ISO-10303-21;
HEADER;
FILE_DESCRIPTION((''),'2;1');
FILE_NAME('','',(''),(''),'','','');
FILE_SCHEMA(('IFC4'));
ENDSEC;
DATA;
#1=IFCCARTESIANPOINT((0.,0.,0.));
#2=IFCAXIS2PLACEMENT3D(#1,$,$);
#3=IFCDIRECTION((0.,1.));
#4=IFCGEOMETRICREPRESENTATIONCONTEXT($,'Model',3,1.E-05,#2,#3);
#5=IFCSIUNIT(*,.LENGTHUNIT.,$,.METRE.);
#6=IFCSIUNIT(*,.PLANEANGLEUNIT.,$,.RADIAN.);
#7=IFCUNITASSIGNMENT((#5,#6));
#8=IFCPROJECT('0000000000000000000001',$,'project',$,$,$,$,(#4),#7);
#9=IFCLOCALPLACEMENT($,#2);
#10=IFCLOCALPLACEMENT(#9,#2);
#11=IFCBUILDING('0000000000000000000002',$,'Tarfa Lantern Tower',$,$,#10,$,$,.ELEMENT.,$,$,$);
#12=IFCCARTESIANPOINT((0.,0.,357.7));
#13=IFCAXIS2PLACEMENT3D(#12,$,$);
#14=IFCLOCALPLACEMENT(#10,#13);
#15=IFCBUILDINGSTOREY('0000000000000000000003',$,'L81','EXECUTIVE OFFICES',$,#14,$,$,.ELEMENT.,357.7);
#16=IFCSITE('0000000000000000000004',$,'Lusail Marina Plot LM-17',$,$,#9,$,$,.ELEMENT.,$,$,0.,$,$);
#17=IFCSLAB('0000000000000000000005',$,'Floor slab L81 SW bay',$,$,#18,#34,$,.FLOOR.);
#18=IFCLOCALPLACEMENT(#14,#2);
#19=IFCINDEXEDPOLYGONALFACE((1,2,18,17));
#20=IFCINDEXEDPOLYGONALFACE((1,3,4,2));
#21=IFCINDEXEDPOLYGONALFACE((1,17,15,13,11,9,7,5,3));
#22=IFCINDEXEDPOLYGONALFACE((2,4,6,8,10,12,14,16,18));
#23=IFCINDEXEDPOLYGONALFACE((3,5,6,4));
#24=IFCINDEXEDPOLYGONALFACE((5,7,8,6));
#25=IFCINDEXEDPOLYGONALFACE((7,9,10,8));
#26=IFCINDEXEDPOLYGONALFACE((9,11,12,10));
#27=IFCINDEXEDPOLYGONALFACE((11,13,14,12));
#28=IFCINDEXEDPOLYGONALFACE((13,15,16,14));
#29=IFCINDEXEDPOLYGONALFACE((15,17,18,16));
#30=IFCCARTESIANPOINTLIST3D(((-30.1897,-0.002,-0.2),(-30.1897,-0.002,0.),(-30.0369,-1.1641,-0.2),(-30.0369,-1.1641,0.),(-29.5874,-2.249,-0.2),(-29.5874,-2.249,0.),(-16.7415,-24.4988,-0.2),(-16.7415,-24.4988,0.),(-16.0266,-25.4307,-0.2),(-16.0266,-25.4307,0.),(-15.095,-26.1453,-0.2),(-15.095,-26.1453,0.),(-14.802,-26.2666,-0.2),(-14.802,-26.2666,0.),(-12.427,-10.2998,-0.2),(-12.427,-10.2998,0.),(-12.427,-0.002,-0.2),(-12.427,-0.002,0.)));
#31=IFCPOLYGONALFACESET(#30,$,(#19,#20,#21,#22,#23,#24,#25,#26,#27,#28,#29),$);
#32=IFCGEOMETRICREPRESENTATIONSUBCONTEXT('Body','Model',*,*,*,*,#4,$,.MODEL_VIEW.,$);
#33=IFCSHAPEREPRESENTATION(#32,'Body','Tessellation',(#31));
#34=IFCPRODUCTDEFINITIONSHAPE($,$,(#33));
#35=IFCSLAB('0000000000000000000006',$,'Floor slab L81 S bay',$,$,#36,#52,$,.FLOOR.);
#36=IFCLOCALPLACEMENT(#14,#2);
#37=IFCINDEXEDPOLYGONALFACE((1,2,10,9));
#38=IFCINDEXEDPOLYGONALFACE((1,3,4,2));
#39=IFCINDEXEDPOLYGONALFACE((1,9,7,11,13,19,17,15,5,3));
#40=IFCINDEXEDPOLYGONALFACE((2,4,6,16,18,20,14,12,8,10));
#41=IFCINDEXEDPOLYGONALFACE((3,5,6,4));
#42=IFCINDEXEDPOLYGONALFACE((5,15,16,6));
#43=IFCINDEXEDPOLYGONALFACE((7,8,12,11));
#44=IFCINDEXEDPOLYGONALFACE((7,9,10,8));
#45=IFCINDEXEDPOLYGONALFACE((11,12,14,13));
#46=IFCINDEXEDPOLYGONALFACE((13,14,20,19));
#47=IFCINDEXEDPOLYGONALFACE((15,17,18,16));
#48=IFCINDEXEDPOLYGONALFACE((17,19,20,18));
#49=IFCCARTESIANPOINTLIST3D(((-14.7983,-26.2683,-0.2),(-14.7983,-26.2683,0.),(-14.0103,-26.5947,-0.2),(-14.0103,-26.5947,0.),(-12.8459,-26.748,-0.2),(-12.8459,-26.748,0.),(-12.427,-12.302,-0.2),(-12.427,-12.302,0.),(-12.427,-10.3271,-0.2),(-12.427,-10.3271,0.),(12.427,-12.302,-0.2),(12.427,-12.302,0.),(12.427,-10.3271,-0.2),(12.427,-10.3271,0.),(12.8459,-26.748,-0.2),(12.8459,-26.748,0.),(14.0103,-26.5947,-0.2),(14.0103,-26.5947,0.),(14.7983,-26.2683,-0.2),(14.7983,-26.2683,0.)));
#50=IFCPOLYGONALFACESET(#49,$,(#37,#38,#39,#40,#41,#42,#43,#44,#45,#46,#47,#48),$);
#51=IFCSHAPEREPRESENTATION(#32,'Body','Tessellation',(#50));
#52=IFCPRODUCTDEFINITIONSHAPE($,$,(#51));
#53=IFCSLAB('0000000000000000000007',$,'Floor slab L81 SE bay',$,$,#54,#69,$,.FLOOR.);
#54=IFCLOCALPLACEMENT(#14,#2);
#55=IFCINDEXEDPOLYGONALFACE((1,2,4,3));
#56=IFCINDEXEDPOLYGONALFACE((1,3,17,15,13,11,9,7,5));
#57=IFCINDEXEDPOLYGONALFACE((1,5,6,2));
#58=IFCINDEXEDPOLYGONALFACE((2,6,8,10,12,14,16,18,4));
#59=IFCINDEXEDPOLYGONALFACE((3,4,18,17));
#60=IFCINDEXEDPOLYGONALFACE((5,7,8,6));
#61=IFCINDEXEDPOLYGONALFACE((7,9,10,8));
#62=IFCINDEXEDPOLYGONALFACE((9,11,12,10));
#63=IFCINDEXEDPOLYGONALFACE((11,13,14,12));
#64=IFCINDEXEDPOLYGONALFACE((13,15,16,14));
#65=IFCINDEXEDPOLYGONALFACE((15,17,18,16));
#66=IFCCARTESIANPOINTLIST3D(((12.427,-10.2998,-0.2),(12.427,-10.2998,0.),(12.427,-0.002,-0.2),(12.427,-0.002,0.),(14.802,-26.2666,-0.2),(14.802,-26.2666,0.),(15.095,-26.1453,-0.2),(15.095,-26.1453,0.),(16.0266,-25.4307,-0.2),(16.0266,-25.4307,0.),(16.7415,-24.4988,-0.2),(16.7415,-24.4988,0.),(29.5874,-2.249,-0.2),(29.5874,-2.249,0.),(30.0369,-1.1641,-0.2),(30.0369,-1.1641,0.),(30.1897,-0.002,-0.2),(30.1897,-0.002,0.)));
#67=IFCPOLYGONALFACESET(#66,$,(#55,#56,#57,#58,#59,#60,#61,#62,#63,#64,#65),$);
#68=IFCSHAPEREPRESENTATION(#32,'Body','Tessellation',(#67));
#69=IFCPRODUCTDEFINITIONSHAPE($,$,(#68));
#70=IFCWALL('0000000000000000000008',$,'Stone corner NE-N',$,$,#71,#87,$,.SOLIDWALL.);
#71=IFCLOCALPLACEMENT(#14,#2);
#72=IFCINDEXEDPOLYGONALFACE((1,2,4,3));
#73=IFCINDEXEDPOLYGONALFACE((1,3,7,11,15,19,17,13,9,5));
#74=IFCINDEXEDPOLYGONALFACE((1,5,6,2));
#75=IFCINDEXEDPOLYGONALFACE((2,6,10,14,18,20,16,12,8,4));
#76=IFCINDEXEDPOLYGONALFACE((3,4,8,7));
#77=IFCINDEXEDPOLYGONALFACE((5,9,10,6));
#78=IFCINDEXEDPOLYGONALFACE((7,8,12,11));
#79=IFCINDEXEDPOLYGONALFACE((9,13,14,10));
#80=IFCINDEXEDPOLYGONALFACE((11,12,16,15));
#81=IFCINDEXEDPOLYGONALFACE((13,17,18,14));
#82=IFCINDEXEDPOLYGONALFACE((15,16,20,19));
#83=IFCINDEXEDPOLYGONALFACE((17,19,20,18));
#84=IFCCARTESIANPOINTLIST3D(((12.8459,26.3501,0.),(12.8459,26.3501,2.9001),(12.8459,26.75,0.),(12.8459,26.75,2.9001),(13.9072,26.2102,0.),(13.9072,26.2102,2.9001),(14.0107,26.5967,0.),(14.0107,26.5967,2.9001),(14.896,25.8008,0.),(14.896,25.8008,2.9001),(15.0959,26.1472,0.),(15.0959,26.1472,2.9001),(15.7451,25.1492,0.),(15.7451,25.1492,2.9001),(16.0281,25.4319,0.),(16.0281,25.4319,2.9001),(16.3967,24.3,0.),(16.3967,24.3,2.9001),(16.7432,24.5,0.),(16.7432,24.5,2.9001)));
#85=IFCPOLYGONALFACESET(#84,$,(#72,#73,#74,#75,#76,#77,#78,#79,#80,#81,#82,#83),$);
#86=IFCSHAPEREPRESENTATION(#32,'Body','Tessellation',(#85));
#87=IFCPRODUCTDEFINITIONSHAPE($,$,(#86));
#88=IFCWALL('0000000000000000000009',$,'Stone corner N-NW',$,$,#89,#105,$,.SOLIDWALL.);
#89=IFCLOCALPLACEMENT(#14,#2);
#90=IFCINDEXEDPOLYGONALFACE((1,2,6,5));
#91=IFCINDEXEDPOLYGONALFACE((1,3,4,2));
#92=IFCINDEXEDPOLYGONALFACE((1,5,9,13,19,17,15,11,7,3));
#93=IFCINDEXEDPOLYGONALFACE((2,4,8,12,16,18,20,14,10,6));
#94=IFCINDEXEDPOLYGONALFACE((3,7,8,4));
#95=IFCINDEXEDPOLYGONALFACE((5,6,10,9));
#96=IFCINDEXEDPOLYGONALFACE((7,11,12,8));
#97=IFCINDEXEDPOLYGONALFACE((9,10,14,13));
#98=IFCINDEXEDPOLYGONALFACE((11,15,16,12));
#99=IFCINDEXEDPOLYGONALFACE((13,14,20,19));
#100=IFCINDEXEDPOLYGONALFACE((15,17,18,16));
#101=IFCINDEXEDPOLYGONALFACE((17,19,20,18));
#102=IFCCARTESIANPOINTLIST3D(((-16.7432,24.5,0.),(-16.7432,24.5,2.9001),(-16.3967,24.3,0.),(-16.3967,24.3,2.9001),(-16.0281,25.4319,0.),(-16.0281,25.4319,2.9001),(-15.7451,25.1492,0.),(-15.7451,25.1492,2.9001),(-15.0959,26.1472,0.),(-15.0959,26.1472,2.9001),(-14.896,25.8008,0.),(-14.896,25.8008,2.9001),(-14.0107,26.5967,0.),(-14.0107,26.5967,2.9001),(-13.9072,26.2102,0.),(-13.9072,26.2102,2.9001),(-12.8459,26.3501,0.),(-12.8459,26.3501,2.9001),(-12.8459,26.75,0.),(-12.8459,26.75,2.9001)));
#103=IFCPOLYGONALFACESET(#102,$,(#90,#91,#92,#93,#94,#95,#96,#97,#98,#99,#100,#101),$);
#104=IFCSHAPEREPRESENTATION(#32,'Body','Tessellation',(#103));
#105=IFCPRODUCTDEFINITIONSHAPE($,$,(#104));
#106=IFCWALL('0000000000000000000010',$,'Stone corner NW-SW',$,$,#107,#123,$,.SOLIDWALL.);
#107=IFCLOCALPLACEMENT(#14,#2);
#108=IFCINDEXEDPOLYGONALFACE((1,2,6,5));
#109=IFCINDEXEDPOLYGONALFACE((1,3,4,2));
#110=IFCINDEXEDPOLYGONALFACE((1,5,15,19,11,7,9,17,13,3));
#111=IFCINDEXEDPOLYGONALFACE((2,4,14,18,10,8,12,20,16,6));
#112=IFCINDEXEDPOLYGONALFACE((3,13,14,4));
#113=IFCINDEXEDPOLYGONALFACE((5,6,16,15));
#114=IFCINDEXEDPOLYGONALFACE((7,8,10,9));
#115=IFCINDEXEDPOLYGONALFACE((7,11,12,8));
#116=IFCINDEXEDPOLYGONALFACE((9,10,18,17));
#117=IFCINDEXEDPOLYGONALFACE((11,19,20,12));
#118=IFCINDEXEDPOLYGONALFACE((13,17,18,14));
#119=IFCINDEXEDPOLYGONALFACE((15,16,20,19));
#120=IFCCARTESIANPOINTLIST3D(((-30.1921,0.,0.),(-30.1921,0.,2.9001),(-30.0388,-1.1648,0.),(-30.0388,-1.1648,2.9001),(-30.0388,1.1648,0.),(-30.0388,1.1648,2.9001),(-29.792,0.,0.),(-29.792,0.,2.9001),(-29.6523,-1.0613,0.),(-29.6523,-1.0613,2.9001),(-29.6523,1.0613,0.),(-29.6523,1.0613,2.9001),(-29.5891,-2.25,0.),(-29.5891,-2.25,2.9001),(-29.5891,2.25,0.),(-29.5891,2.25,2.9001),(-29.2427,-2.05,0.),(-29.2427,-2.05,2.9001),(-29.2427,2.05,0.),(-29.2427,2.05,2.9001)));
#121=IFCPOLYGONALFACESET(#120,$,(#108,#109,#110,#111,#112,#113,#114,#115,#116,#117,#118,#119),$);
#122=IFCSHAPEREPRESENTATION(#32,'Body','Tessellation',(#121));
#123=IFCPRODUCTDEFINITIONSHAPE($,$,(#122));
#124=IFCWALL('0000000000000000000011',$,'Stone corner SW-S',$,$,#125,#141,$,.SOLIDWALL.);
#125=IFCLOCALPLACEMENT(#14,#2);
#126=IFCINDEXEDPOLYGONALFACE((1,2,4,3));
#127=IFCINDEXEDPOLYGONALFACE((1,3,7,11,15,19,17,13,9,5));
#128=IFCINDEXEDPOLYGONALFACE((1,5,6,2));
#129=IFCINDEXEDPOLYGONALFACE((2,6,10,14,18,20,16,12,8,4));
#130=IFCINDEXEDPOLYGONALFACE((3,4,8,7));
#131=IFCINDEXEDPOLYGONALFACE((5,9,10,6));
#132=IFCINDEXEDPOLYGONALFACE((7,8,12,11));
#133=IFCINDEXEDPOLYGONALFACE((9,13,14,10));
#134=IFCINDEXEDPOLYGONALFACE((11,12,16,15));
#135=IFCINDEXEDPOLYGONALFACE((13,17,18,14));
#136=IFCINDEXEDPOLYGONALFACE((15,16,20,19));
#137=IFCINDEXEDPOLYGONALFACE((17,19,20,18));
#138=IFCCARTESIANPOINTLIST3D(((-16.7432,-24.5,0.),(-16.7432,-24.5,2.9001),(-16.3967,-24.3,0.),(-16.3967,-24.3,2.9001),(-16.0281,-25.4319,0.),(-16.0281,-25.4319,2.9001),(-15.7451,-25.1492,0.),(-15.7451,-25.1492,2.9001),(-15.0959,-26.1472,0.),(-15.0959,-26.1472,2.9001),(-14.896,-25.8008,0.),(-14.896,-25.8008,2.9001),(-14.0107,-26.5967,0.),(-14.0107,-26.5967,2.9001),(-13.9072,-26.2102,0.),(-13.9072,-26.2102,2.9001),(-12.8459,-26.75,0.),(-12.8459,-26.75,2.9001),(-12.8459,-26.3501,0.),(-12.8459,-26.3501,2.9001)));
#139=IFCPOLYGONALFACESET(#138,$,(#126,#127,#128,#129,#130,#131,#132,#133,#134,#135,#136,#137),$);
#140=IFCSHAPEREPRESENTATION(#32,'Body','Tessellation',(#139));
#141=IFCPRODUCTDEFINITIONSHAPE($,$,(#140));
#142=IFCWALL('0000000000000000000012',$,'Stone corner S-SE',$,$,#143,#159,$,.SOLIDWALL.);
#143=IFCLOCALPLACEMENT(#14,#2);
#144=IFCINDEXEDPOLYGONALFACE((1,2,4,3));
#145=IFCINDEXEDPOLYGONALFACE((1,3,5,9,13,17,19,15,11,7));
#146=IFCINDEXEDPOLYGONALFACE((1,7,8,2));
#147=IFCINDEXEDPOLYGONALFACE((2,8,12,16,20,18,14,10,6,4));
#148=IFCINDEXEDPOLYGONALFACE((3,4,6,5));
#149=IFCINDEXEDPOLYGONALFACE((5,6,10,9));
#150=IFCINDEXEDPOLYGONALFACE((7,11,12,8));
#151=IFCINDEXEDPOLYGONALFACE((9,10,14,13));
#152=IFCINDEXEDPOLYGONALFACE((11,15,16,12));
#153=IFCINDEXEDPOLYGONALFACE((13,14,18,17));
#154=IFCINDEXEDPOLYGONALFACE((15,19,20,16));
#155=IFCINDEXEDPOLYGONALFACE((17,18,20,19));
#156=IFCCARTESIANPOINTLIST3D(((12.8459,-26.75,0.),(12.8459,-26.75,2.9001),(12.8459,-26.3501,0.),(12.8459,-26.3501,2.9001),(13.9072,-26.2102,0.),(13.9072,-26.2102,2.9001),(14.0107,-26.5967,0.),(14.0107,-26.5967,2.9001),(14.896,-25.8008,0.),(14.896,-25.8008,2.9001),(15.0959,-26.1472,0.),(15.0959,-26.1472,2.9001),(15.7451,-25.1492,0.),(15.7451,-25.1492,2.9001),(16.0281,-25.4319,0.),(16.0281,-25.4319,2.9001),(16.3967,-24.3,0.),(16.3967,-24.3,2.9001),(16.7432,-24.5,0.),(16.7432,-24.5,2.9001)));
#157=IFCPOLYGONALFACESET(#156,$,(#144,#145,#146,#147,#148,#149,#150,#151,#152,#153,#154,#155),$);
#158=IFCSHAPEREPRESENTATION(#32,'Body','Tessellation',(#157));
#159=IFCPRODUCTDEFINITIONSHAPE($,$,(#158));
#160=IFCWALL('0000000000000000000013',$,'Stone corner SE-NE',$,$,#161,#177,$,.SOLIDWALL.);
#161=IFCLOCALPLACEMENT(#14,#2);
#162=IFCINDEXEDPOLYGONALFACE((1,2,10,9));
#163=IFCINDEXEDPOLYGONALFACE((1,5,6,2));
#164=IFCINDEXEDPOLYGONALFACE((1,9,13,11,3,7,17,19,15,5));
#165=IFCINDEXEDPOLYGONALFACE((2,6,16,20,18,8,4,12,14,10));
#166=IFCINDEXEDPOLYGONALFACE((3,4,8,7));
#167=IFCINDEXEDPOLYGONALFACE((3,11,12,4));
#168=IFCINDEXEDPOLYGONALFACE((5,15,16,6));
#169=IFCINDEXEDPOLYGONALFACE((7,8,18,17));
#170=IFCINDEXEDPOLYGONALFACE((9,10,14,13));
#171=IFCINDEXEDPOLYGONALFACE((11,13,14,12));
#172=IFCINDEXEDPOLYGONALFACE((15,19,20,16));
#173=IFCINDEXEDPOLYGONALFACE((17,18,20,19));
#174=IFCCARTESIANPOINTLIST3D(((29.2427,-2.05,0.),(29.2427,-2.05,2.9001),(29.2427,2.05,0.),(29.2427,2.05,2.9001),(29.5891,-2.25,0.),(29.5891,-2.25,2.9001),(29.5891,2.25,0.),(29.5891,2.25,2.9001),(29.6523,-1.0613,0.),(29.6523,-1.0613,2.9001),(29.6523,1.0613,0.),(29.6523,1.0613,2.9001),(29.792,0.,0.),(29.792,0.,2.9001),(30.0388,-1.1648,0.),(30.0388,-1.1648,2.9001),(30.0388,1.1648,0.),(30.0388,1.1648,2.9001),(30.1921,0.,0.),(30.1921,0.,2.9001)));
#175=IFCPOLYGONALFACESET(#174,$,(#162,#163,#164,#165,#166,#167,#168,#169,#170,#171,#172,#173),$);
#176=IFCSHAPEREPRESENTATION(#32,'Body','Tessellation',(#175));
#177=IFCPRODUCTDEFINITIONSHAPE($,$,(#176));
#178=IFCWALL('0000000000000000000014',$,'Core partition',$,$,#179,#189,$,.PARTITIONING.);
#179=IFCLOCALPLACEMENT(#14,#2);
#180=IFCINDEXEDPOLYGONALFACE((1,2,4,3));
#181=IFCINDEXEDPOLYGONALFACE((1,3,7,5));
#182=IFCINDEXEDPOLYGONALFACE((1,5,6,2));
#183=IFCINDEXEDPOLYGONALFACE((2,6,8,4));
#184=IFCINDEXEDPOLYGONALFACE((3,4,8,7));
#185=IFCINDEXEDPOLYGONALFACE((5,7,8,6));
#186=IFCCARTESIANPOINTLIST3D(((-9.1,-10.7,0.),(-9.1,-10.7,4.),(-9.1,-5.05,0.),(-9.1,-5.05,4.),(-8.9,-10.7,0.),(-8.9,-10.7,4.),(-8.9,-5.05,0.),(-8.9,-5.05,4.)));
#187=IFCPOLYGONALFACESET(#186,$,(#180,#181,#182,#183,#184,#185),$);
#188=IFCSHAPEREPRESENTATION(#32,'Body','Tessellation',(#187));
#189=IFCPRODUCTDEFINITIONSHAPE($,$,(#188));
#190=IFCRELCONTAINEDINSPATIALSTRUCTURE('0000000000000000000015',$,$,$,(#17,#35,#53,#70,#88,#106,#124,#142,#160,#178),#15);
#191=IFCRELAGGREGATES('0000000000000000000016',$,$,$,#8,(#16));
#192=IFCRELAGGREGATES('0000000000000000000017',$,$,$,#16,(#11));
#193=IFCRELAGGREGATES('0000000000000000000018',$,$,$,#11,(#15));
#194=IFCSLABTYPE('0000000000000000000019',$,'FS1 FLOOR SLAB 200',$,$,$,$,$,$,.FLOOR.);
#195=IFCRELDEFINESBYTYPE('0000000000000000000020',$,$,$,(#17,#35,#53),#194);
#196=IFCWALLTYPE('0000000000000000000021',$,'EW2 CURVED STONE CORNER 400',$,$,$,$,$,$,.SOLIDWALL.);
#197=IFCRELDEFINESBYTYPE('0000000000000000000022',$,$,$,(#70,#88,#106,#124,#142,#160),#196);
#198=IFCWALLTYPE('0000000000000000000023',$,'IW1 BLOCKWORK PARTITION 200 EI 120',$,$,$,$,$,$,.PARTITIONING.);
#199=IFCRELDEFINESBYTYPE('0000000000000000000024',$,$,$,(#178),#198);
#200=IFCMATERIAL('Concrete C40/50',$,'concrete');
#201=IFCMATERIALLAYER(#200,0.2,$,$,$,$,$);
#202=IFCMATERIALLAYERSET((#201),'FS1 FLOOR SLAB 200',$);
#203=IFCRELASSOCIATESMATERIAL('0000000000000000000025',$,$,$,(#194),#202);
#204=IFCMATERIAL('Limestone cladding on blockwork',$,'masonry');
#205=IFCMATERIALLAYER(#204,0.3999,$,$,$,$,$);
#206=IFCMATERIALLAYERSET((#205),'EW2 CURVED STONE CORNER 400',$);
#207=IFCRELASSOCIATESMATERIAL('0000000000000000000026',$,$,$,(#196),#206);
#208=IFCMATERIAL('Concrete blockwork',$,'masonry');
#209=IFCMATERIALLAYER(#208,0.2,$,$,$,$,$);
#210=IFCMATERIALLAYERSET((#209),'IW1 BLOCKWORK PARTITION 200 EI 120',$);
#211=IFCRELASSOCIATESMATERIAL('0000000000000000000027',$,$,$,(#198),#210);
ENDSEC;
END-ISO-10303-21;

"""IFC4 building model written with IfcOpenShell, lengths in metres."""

from ifc_helpers import new_model, si_unit, direction, frame, frame_2d, origin, place, context, subcontext, project, spatial, polyline, rectangle, outline, extrude, material, layer, layer_set, type_object, element, save


model = new_model("IFC4")

# Units and contexts
model_context = context("Model", 3, precision=1e-05, world=origin(), true_north=direction((0.0, 1.0)))
body_context = subcontext(model_context, "Body", "Model", "MODEL_VIEW")
ifc_project = project(units=[si_unit("LENGTHUNIT", "METRE"), si_unit("PLANEANGLEUNIT", "RADIAN")], contexts=[model_context])

# Site, building, storey
site_placement = place(None, origin())
site = spatial("IfcSite", under=ifc_project, at=site_placement, Name="Lusail Marina Plot LM-17", CompositionType="ELEMENT", RefElevation=0.0)
building_placement = place(site_placement, origin())
building = spatial("IfcBuilding", under=site, at=building_placement, Name="Tarfa Lantern Tower", CompositionType="ELEMENT")
storey_placement = place(building_placement, frame((0.0, 0.0, 357.7)))
storey = spatial("IfcBuildingStorey", under=building, at=storey_placement, Name="L81", Description="EXECUTIVE OFFICES", CompositionType="ELEMENT", Elevation=357.7)

# Slabs
ifc_material_1 = material(Name="Concrete C40/50", Category="concrete")
ifc_layer_1 = layer(ifc_material_1, 0.2)
ifc_layer_set_1 = layer_set([ifc_layer_1], Name="FS1 FLOOR SLAB 200")
slab_type_1 = type_object("IfcSlabType", Name="FS1 FLOOR SLAB 200", PredefinedType="FLOOR", material=ifc_layer_set_1)
slab_1_placement = place(storey_placement, frame((0.0, 0.0, -0.2)))
element("IfcSlab", 1, at=slab_1_placement, inside=storey, type_object=slab_type_1, Name="Floor slab L81 SW bay", PredefinedType="FLOOR", context=body_context, shape_type="SweptSolid", body=[
    extrude(outline(polyline([(-12.427, -10.2998), (-12.427, -0.002), (-30.1897, -0.002), (-30.0369, -1.1641), (-29.5874, -2.249), (-16.7415, -24.4988), (-16.0266, -25.4307), (-15.095, -26.1453), (-14.802, -26.2666), (-12.427, -10.2998)])), origin(), (0.0, 0.0, 1.0), 0.2),
])
slab_2_placement = place(storey_placement, frame((0.0, 0.0, -0.2)))
element("IfcSlab", 2, at=slab_2_placement, inside=storey, type_object=slab_type_1, Name="Floor slab L81 S bay", PredefinedType="FLOOR", context=body_context, shape_type="SweptSolid", body=[
    extrude(outline(polyline([(12.427, -10.3271), (12.427, -12.302), (-12.427, -12.302), (-12.427, -10.3271), (-14.7983, -26.2683), (-14.0103, -26.5947), (-12.8459, -26.748), (12.8459, -26.748), (14.0103, -26.5947), (14.7983, -26.2683), (12.427, -10.3271)])), origin(), (0.0, 0.0, 1.0), 0.2),
])
slab_3_placement = place(storey_placement, frame((0.0, 0.0, -0.2)))
element("IfcSlab", 3, at=slab_3_placement, inside=storey, type_object=slab_type_1, Name="Floor slab L81 SE bay", PredefinedType="FLOOR", context=body_context, shape_type="SweptSolid", body=[
    extrude(outline(polyline([(12.427, -0.002), (12.427, -10.2998), (14.802, -26.2666), (15.095, -26.1453), (16.0266, -25.4307), (16.7415, -24.4988), (29.5874, -2.249), (30.0369, -1.1641), (30.1897, -0.002), (12.427, -0.002)])), origin(), (0.0, 0.0, 1.0), 0.2),
])

# Walls
ifc_material_2 = material(Name="Limestone cladding on blockwork", Category="masonry")
ifc_layer_2 = layer(ifc_material_2, 0.3999)
ifc_layer_set_2 = layer_set([ifc_layer_2], Name="EW2 CURVED STONE CORNER 400")
wall_type_1 = type_object("IfcWallType", Name="EW2 CURVED STONE CORNER 400", PredefinedType="SOLIDWALL", material=ifc_layer_set_2)
wall_1_placement = place(storey_placement, origin())
element("IfcWall", 4, at=wall_1_placement, inside=storey, type_object=wall_type_1, Name="Stone corner NE-N", PredefinedType="SOLIDWALL", context=body_context, shape_type="SweptSolid", body=[
    extrude(outline(polyline([(16.7432, 24.5), (16.0281, 25.4319), (15.0959, 26.1472), (14.0107, 26.5967), (12.8459, 26.75), (12.8459, 26.3501), (13.9072, 26.2102), (14.896, 25.8008), (15.7451, 25.1492), (16.3967, 24.3), (16.7432, 24.5)])), origin(), (0.0, 0.0, 1.0), 2.9001),
])
wall_2_placement = place(storey_placement, origin())
element("IfcWall", 5, at=wall_2_placement, inside=storey, type_object=wall_type_1, Name="Stone corner N-NW", PredefinedType="SOLIDWALL", context=body_context, shape_type="SweptSolid", body=[
    extrude(outline(polyline([(-12.8459, 26.75), (-14.0107, 26.5967), (-15.0959, 26.1472), (-16.0281, 25.4319), (-16.7432, 24.5), (-16.3967, 24.3), (-15.7451, 25.1492), (-14.896, 25.8008), (-13.9072, 26.2102), (-12.8459, 26.3501), (-12.8459, 26.75)])), origin(), (0.0, 0.0, 1.0), 2.9001),
])
wall_3_placement = place(storey_placement, origin())
element("IfcWall", 6, at=wall_3_placement, inside=storey, type_object=wall_type_1, Name="Stone corner NW-SW", PredefinedType="SOLIDWALL", context=body_context, shape_type="SweptSolid", body=[
    extrude(outline(polyline([(-29.5891, 2.25), (-30.0388, 1.1648), (-30.1921, 0.0), (-30.0388, -1.1648), (-29.5891, -2.25), (-29.2427, -2.05), (-29.6523, -1.0613), (-29.792, 0.0), (-29.6523, 1.0613), (-29.2427, 2.05), (-29.5891, 2.25)])), origin(), (0.0, 0.0, 1.0), 2.9001),
])
wall_4_placement = place(storey_placement, origin())
element("IfcWall", 7, at=wall_4_placement, inside=storey, type_object=wall_type_1, Name="Stone corner SW-S", PredefinedType="SOLIDWALL", context=body_context, shape_type="SweptSolid", body=[
    extrude(outline(polyline([(-16.7432, -24.5), (-16.0281, -25.4319), (-15.0959, -26.1472), (-14.0107, -26.5967), (-12.8459, -26.75), (-12.8459, -26.3501), (-13.9072, -26.2102), (-14.896, -25.8008), (-15.7451, -25.1492), (-16.3967, -24.3), (-16.7432, -24.5)])), origin(), (0.0, 0.0, 1.0), 2.9001),
])
wall_5_placement = place(storey_placement, origin())
element("IfcWall", 8, at=wall_5_placement, inside=storey, type_object=wall_type_1, Name="Stone corner S-SE", PredefinedType="SOLIDWALL", context=body_context, shape_type="SweptSolid", body=[
    extrude(outline(polyline([(12.8459, -26.75), (14.0107, -26.5967), (15.0959, -26.1472), (16.0281, -25.4319), (16.7432, -24.5), (16.3967, -24.3), (15.7451, -25.1492), (14.896, -25.8008), (13.9072, -26.2102), (12.8459, -26.3501), (12.8459, -26.75)])), origin(), (0.0, 0.0, 1.0), 2.9001),
])
wall_6_placement = place(storey_placement, origin())
element("IfcWall", 9, at=wall_6_placement, inside=storey, type_object=wall_type_1, Name="Stone corner SE-NE", PredefinedType="SOLIDWALL", context=body_context, shape_type="SweptSolid", body=[
    extrude(outline(polyline([(29.5891, -2.25), (30.0388, -1.1648), (30.1921, 0.0), (30.0388, 1.1648), (29.5891, 2.25), (29.2427, 2.05), (29.6523, 1.0613), (29.792, 0.0), (29.6523, -1.0613), (29.2427, -2.05), (29.5891, -2.25)])), origin(), (0.0, 0.0, 1.0), 2.9001),
])
ifc_material_3 = material(Name="Concrete blockwork", Category="masonry")
ifc_layer_3 = layer(ifc_material_3, 0.2)
ifc_layer_set_3 = layer_set([ifc_layer_3], Name="IW1 BLOCKWORK PARTITION 200 EI 120")
wall_type_2 = type_object("IfcWallType", Name="IW1 BLOCKWORK PARTITION 200 EI 120", PredefinedType="PARTITIONING", material=ifc_layer_set_3)
for number, where, z_axis, x_axis, name in (
    (10, (-9.0, -5.05, 0.0), (0.0, 0.0, 1.0), (0.0, -1.0, 0.0), "Core partition"),
):
    element("IfcWall", number, at=place(storey_placement, frame(where, z_axis=z_axis, x_axis=x_axis)), inside=storey, type_object=wall_type_2, Name=name, PredefinedType="PARTITIONING", context=body_context, shape_type="SweptSolid", body=[
        extrude(rectangle(XDim=5.6499, YDim=0.2, at=frame_2d((2.825, 0.0))), origin(), (0.0, 0.0, 1.0), 4.0),
    ])

save(model, "model.ifc")
